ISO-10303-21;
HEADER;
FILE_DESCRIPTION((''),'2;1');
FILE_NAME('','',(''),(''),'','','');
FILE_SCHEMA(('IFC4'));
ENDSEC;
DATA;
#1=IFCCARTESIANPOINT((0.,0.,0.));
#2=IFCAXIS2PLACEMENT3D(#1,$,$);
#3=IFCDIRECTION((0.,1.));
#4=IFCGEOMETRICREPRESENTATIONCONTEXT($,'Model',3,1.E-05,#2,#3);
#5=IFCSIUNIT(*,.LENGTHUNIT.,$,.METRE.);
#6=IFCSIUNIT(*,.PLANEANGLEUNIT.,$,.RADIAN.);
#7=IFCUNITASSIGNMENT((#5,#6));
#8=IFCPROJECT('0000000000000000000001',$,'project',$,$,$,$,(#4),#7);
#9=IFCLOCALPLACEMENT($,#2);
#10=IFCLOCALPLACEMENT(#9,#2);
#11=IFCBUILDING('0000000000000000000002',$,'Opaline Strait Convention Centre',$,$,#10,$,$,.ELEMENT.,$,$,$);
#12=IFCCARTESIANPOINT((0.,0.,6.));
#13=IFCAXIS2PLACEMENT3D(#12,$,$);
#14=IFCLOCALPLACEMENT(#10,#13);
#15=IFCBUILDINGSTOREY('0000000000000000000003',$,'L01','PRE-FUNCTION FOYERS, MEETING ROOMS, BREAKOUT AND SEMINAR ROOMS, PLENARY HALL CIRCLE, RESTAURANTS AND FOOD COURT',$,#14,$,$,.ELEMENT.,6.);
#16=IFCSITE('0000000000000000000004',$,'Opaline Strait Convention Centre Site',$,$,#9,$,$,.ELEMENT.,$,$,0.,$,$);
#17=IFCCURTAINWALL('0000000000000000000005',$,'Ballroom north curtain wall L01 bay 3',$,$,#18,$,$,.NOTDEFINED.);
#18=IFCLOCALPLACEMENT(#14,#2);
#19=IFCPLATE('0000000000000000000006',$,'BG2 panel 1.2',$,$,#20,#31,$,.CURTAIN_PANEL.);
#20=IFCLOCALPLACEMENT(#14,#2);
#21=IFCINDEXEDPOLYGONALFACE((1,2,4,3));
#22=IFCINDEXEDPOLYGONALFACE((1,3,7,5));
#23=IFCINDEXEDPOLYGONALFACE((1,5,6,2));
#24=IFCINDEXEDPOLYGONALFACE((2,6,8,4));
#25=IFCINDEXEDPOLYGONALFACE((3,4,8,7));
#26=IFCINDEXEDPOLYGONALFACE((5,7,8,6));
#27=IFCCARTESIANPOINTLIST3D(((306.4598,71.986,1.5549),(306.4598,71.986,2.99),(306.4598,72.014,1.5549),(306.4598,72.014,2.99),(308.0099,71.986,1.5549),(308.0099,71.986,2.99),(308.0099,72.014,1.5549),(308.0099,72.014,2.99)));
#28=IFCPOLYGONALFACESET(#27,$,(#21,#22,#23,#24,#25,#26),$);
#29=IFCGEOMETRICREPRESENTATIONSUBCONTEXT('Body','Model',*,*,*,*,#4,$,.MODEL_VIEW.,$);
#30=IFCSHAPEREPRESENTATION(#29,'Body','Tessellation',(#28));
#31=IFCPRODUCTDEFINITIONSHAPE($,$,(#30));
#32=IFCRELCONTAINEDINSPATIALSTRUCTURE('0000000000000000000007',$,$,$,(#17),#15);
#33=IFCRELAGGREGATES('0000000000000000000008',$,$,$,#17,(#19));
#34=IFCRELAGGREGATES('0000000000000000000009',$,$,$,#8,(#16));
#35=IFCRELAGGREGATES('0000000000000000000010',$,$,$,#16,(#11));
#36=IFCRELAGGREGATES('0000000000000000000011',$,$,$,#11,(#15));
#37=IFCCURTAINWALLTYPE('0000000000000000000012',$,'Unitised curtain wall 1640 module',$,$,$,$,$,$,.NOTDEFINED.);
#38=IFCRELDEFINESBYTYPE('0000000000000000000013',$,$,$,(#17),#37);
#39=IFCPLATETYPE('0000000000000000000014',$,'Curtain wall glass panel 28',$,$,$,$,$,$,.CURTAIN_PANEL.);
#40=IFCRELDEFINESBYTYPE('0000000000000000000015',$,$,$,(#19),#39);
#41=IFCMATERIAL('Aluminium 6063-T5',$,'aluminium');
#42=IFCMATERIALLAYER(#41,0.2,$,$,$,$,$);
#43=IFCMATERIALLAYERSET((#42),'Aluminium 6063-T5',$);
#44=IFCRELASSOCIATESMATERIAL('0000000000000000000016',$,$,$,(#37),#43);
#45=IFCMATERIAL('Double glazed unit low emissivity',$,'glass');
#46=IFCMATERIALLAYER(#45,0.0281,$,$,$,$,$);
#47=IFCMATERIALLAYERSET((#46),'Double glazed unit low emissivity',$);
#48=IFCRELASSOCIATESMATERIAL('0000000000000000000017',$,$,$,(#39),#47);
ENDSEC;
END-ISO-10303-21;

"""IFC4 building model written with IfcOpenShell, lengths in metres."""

from ifc_helpers import new_model, si_unit, direction, frame, origin, origin_2d, place, context, subcontext, project, spatial, rectangle, extrude, material, layer, layer_set, type_object, element, aggregate, save


model = new_model("IFC4")

# Units and contexts
model_context = context("Model", 3, precision=1e-05, world=origin(), true_north=direction((0.0, 1.0)))
body_context = subcontext(model_context, "Body", "Model", "MODEL_VIEW")
ifc_project = project(units=[si_unit("LENGTHUNIT", "METRE"), si_unit("PLANEANGLEUNIT", "RADIAN")], contexts=[model_context])

# Site, building, storey
site_placement = place(None, origin())
site = spatial("IfcSite", under=ifc_project, at=site_placement, Name="Opaline Strait Convention Centre Site", CompositionType="ELEMENT", RefElevation=0.0)
building_placement = place(site_placement, origin())
building = spatial("IfcBuilding", under=site, at=building_placement, Name="Opaline Strait Convention Centre", CompositionType="ELEMENT")
storey_placement = place(building_placement, frame((0.0, 0.0, 6.0)))
storey = spatial("IfcBuildingStorey", under=building, at=storey_placement, Name="L01", Description="PRE-FUNCTION FOYERS, MEETING ROOMS, BREAKOUT AND SEMINAR ROOMS, PLENARY HALL CIRCLE, RESTAURANTS AND FOOD COURT", CompositionType="ELEMENT", Elevation=6.0)

# Shared definitions
ifc_material_1 = material(Name="Aluminium 6063-T5", Category="aluminium")
ifc_layer_1 = layer(ifc_material_1, 0.2)
ifc_layer_set_1 = layer_set([ifc_layer_1], Name="Aluminium 6063-T5")
curtain_wall_type = type_object("IfcCurtainWallType", Name="Unitised curtain wall 1640 module", PredefinedType="NOTDEFINED", material=ifc_layer_set_1)

# Curtain wall
curtain_wall_1_placement = place(storey_placement, origin())
curtain_wall_1 = element("IfcCurtainWall", 1, at=curtain_wall_1_placement, inside=storey, type_object=curtain_wall_type, Name="Ballroom north curtain wall L01 bay 3", PredefinedType="NOTDEFINED")

# Plate
ifc_material_2 = material(Name="Double glazed unit low emissivity", Category="glass")
ifc_layer_2 = layer(ifc_material_2, 0.0281)
ifc_layer_set_2 = layer_set([ifc_layer_2], Name="Double glazed unit low emissivity")
plate_type = type_object("IfcPlateType", Name="Curtain wall glass panel 28", PredefinedType="CURTAIN_PANEL", material=ifc_layer_set_2)
plate_1_placement = place(storey_placement, frame((307.2349, 72.0, 1.5549), z_axis=(0.0, 0.0, 1.0), x_axis=(1.0, 0.0, 0.0)))
plate_1 = element("IfcPlate", 2, at=plate_1_placement, type_object=plate_type, Name="BG2 panel 1.2", PredefinedType="CURTAIN_PANEL", context=body_context, shape_type="SweptSolid", body=[
    extrude(rectangle(XDim=1.55, YDim=0.0281, at=origin_2d()), origin(), (0.0, 0.0, 1.0), 1.4351),
])
aggregate(curtain_wall_1, [plate_1])

save(model, "model.ifc")
